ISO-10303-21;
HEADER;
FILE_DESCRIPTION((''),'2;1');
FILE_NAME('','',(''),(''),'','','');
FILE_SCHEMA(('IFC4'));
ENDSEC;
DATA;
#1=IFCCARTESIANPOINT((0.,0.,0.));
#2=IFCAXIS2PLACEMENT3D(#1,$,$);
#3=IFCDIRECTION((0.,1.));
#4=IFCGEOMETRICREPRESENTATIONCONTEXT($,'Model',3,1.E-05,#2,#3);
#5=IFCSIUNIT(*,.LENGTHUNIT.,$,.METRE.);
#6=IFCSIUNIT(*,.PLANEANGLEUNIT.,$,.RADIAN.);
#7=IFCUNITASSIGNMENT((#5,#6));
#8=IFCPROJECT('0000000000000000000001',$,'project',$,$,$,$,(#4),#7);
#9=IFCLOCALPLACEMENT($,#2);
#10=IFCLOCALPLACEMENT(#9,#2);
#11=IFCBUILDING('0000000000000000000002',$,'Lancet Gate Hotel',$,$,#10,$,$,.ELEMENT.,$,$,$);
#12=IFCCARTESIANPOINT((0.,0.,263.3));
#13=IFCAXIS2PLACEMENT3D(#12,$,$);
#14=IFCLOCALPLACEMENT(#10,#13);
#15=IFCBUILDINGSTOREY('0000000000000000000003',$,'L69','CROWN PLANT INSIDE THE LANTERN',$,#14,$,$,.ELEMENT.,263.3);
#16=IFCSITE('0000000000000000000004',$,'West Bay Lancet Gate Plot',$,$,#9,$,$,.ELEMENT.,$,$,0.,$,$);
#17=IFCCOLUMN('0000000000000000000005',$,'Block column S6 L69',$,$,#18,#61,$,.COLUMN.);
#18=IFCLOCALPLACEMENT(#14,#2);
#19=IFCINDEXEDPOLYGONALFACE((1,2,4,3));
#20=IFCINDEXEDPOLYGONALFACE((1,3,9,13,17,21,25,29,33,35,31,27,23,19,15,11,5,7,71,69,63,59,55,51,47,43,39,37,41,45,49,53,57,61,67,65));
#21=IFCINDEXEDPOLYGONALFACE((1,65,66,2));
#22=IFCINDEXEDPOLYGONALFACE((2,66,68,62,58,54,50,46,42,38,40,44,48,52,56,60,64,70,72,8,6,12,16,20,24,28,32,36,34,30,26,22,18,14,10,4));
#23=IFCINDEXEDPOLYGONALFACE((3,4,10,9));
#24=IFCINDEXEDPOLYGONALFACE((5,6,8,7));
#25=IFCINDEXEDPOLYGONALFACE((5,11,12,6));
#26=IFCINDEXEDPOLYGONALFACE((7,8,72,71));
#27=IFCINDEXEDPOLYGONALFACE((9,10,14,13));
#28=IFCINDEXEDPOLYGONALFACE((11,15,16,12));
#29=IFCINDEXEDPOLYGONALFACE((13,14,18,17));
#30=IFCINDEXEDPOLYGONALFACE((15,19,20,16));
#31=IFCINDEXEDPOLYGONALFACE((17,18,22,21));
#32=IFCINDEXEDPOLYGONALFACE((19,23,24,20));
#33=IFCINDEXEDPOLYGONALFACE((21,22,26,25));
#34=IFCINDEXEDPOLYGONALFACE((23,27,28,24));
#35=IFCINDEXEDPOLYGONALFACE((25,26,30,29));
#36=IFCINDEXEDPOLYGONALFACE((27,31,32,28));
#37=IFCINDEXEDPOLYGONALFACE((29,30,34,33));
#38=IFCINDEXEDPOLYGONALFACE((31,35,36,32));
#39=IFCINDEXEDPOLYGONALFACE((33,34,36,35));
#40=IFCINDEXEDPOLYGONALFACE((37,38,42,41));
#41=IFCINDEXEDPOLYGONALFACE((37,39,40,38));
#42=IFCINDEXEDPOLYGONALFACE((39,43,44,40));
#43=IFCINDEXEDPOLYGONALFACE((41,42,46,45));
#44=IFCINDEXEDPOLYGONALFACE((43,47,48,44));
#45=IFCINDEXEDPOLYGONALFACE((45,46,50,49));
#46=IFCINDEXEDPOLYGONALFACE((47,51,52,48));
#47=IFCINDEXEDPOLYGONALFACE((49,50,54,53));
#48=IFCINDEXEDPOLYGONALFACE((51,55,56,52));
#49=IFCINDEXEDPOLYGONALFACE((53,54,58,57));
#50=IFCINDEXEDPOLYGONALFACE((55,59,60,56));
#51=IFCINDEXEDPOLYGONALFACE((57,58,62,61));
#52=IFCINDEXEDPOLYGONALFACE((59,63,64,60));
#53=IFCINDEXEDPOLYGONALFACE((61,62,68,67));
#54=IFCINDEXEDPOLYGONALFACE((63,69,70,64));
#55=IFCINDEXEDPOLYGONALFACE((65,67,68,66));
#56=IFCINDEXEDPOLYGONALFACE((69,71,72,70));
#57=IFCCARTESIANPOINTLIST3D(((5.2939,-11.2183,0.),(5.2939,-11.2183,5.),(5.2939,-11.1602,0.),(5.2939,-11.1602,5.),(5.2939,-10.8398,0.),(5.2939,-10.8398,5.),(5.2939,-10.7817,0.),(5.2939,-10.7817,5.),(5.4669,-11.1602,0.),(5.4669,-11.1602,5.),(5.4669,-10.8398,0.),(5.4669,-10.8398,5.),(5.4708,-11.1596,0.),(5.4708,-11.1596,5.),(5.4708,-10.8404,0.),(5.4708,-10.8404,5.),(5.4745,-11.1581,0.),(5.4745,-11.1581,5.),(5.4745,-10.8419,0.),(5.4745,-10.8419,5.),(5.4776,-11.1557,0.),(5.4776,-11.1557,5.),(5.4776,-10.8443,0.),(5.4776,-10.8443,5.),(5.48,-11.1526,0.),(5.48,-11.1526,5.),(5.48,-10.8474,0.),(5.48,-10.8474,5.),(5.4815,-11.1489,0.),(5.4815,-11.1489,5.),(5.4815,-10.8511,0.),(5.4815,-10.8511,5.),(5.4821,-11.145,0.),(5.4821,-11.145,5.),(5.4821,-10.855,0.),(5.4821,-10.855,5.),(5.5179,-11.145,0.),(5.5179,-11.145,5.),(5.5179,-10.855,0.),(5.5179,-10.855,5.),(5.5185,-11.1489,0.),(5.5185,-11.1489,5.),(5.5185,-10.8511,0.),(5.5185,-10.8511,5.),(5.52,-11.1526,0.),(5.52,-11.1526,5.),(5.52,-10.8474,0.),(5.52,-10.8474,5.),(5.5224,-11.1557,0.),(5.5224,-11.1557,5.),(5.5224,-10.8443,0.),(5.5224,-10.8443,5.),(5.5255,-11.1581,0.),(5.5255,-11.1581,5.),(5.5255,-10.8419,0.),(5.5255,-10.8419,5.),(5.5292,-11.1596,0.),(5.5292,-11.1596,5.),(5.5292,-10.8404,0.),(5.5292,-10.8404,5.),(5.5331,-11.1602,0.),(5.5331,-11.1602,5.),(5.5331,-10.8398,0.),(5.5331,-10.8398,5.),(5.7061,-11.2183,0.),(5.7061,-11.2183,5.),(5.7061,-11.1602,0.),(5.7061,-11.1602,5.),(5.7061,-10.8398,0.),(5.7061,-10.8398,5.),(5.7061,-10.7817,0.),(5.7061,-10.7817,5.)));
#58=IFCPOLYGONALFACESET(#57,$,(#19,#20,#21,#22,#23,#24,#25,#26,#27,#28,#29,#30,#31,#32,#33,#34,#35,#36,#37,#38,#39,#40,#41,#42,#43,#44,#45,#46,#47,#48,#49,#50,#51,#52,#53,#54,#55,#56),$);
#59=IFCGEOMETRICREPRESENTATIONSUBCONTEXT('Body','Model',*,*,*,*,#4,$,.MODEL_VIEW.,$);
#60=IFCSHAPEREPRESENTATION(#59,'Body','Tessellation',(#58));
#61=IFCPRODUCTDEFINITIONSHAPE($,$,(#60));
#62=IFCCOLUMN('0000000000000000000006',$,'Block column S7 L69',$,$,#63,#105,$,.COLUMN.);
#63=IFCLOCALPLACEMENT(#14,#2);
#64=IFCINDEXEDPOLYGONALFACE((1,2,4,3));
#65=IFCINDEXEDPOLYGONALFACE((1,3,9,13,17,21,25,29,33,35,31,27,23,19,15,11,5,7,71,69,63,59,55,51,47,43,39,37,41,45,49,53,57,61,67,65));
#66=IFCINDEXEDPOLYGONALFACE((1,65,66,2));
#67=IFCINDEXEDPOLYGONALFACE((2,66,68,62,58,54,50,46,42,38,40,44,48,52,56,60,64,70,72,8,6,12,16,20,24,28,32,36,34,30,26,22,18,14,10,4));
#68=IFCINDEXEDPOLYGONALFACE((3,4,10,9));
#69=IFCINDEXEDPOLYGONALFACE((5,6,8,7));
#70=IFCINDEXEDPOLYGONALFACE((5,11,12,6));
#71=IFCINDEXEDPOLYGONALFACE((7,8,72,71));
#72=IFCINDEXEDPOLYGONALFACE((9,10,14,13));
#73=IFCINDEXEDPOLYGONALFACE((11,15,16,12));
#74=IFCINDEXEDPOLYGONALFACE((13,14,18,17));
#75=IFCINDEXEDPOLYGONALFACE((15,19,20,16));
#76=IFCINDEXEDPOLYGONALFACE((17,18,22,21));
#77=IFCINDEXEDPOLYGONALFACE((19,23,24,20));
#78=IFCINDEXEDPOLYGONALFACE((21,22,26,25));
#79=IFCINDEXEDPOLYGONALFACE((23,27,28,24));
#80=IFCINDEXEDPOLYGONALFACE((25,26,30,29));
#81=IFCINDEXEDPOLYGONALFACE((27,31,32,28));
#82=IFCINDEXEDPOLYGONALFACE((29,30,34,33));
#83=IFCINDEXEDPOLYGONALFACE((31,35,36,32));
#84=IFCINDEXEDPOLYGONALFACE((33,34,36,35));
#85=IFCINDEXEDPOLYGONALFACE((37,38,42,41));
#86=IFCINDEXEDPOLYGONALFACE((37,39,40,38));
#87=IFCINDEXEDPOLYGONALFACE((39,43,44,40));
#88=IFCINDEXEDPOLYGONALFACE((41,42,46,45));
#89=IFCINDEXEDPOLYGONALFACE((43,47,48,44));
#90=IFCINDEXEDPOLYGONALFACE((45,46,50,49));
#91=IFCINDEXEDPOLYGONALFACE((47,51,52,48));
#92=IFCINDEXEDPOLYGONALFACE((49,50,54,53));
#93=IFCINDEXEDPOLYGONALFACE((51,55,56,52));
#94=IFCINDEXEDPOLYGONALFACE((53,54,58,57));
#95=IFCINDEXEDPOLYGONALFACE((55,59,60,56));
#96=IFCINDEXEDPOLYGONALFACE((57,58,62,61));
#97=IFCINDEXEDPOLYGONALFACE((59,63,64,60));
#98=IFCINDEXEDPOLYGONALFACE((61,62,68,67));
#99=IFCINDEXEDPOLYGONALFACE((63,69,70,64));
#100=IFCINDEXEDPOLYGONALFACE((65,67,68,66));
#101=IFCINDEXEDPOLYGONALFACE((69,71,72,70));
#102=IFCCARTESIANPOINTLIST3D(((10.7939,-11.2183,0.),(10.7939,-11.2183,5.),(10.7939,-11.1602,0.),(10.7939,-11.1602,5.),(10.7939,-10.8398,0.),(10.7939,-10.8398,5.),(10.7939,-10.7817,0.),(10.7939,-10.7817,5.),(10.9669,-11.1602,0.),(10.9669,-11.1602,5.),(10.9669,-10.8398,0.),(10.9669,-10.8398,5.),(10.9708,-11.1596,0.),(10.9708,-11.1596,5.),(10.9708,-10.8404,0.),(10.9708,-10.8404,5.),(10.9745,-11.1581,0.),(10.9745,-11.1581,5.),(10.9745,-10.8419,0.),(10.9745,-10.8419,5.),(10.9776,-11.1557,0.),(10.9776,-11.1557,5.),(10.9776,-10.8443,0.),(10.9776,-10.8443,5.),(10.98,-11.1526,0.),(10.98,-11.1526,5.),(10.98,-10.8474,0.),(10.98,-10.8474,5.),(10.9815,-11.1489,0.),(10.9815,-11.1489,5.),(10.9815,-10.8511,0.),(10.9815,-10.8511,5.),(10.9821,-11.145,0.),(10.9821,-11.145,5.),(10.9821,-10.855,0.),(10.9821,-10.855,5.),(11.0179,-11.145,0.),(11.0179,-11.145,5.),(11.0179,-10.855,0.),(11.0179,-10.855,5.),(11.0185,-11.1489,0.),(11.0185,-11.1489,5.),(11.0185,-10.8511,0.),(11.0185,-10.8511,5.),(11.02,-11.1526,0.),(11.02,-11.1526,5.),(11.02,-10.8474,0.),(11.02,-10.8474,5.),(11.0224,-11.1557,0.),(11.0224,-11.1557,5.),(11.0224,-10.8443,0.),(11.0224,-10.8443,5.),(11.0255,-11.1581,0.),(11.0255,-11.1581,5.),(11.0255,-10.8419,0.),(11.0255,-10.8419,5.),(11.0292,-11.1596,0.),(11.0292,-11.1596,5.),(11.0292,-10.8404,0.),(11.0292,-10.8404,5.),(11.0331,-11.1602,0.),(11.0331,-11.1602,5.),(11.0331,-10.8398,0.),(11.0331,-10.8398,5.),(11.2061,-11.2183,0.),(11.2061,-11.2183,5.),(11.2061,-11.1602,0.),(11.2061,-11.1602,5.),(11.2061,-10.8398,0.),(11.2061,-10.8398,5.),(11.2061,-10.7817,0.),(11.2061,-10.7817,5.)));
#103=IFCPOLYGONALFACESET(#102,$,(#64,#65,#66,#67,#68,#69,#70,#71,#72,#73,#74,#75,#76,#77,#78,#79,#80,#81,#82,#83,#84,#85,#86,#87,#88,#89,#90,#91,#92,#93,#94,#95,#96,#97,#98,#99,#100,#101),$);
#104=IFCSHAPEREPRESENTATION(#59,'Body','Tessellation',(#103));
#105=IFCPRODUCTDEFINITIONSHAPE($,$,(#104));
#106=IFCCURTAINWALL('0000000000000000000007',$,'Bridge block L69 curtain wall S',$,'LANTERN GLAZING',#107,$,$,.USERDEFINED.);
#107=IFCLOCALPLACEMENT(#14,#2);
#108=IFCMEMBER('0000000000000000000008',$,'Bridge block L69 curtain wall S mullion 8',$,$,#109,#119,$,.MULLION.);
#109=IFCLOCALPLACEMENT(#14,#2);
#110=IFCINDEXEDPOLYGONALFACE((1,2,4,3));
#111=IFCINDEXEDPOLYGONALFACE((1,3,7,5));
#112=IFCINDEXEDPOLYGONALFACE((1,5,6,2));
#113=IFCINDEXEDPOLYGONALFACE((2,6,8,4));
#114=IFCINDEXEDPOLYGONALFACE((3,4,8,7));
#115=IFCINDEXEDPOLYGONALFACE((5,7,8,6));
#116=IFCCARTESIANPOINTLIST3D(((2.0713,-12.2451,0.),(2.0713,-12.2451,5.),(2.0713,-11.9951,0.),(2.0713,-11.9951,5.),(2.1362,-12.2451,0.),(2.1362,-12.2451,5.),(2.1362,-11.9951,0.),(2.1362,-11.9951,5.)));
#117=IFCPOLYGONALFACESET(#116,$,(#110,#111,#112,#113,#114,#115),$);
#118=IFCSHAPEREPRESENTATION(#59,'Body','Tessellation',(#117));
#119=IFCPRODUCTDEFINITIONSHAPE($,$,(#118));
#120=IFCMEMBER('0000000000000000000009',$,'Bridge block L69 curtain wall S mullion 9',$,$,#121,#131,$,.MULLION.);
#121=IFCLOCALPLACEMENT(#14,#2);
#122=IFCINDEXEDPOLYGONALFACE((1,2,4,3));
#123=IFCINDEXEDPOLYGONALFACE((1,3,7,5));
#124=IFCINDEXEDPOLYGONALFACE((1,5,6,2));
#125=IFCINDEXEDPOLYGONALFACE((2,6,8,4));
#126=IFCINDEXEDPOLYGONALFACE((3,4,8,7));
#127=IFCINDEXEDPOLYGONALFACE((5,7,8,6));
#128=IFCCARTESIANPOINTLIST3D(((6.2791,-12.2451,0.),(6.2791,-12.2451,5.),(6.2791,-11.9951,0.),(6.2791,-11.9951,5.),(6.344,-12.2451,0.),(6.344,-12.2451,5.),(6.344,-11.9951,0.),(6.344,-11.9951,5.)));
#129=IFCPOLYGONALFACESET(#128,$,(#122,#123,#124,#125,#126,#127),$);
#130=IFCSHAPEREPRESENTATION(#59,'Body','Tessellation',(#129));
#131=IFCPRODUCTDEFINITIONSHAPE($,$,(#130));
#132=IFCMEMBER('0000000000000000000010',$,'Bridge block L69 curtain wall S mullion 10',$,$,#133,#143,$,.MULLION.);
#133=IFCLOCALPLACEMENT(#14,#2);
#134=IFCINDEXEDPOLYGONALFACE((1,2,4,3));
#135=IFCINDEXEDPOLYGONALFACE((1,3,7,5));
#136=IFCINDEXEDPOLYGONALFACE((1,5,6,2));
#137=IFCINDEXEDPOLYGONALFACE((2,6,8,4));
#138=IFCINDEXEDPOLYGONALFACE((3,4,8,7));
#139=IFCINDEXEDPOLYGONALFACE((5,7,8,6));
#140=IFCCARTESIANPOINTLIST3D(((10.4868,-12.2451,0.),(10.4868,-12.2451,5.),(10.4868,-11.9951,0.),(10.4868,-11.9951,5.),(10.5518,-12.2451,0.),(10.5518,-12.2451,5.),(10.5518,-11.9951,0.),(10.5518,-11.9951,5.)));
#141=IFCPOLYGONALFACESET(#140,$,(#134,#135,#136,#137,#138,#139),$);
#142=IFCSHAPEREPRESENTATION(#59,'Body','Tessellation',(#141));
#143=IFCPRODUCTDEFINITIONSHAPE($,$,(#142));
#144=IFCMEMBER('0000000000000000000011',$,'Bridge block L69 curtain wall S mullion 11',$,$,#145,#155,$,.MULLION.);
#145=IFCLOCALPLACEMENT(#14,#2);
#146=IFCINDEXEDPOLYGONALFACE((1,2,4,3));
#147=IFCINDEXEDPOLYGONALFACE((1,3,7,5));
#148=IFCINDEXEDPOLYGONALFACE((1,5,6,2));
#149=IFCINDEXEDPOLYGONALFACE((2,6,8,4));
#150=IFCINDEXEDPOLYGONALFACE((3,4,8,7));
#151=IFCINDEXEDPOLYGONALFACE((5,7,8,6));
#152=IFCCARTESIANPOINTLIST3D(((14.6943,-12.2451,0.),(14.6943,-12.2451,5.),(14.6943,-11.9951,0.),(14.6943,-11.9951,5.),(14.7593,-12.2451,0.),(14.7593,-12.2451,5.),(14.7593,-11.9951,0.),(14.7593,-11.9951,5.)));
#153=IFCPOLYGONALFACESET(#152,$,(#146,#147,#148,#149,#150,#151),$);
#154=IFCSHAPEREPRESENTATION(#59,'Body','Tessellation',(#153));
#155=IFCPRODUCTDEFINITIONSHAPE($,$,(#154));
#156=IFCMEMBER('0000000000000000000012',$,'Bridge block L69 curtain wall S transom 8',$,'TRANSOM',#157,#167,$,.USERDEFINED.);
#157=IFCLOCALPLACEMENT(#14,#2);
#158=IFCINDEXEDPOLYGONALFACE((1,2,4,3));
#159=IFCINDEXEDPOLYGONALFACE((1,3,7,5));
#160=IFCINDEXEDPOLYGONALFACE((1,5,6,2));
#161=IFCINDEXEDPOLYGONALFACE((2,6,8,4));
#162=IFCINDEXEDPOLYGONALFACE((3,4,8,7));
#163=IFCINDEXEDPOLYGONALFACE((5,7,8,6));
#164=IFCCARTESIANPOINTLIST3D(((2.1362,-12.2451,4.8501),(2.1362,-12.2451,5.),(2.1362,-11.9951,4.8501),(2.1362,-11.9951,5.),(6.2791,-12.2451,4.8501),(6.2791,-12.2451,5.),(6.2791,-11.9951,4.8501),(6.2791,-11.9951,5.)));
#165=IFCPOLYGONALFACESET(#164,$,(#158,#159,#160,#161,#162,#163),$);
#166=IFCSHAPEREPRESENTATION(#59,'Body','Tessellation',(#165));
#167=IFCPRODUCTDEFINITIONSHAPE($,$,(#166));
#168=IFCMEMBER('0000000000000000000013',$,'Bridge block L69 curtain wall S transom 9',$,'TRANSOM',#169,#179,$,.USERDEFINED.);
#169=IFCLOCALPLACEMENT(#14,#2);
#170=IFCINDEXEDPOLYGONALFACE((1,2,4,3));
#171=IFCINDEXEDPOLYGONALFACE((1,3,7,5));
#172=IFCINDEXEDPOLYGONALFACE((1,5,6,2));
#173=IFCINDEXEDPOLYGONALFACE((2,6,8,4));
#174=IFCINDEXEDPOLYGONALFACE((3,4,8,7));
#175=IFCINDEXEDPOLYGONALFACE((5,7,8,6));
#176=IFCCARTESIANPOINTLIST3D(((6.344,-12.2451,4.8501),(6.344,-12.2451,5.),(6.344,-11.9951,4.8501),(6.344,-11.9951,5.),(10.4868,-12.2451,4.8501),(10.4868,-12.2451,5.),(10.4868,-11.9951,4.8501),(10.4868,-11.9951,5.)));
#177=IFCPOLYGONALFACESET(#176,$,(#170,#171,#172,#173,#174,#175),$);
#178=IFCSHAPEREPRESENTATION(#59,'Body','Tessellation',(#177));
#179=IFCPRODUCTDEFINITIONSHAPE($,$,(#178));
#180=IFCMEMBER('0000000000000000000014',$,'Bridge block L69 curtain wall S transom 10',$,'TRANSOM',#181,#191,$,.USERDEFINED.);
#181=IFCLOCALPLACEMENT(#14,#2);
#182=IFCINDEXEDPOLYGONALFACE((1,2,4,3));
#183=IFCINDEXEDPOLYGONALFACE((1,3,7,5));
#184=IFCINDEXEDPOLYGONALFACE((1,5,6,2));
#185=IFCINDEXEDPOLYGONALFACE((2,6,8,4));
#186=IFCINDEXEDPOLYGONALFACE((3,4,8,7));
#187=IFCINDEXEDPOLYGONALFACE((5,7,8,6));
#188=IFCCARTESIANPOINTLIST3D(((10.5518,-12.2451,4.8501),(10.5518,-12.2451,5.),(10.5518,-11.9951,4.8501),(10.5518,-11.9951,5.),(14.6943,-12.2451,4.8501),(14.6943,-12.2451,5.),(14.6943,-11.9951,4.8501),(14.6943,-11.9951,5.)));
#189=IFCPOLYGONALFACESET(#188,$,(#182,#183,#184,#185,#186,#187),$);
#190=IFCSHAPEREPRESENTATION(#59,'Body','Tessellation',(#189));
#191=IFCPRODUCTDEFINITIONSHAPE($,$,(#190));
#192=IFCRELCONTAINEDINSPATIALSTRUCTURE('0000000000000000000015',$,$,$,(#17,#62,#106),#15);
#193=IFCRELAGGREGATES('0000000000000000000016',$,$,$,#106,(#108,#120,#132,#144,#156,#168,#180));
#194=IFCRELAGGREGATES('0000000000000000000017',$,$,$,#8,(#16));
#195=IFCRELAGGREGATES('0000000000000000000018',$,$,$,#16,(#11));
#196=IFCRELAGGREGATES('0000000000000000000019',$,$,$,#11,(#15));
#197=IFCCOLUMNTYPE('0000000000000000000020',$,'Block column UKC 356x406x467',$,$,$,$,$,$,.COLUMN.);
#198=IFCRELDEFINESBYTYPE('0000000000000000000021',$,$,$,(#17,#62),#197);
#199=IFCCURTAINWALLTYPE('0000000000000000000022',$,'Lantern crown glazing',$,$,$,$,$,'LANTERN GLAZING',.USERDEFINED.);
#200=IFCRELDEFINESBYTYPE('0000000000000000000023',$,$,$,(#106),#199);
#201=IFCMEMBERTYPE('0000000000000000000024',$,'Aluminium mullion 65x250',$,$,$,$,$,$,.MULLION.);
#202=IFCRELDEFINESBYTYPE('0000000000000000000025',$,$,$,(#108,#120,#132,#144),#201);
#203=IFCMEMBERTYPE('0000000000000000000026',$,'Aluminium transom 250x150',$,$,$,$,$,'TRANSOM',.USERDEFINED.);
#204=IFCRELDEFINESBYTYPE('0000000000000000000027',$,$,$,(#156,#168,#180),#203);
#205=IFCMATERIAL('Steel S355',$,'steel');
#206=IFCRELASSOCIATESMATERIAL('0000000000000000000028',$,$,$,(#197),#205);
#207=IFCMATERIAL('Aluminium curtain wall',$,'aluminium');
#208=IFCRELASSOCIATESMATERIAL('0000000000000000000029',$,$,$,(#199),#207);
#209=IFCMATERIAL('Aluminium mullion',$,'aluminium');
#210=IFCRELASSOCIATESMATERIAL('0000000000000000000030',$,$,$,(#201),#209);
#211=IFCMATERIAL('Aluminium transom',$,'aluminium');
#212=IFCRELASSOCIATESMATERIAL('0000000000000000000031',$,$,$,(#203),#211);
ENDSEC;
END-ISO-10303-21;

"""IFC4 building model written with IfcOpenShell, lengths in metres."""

from ifc_helpers import new_model, si_unit, direction, frame, origin, origin_2d, place, context, subcontext, project, spatial, rectangle, i_section, extrude, material, material_profile, profile_set, type_object, element, aggregate, save


model = new_model("IFC4")

# Units and contexts
model_context = context("Model", 3, precision=1e-05, world=origin(), true_north=direction((0.0, 1.0)))
body_context = subcontext(model_context, "Body", "Model", "MODEL_VIEW")
ifc_project = project(units=[si_unit("LENGTHUNIT", "METRE"), si_unit("PLANEANGLEUNIT", "RADIAN")], contexts=[model_context])

# Site, building, storey
site_placement = place(None, origin())
site = spatial("IfcSite", under=ifc_project, at=site_placement, Name="West Bay Lancet Gate Plot", CompositionType="ELEMENT", RefElevation=0.0)
building_placement = place(site_placement, origin())
building = spatial("IfcBuilding", under=site, at=building_placement, Name="Lancet Gate Hotel", CompositionType="ELEMENT")
storey_placement = place(building_placement, frame((0.0, 0.0, 263.3)))
storey = spatial("IfcBuildingStorey", under=building, at=storey_placement, Name="L69", Description="CROWN PLANT INSIDE THE LANTERN", CompositionType="ELEMENT", Elevation=263.3)

# Columns
ifc_material_1 = material(Name="Steel S355", Category="steel")
ifc_material_profile_1 = material_profile(ifc_material_1, i_section(OverallWidth=0.4121, OverallDepth=0.4365, WebThickness=0.0359, FlangeThickness=0.0581, FilletRadius=0.0151, at=origin_2d()), Name="UKC 356x406x467")
ifc_profile_set_1 = profile_set([ifc_material_profile_1], Name="Steel S355")
column_type = type_object("IfcColumnType", Name="Block column UKC 356x406x467", PredefinedType="COLUMN", material=ifc_profile_set_1)
for number, where, z_axis, x_axis, name in (
    (1, (5.5, -11.0, 0.0), (0.0, 0.0, 1.0), (1.0, 0.0, 0.0), "Block column S6 L69"),
    (2, (11.0, -11.0, 0.0), (0.0, 0.0, 1.0), (1.0, 0.0, 0.0), "Block column S7 L69"),
):
    element("IfcColumn", number, at=place(storey_placement, frame(where, z_axis=z_axis, x_axis=x_axis)), inside=storey, type_object=column_type, Name=name, PredefinedType="COLUMN", context=body_context, shape_type="SweptSolid", body=[
        extrude(i_section(OverallWidth=0.4121, OverallDepth=0.4365, WebThickness=0.0359, FlangeThickness=0.0581, FilletRadius=0.0151, at=origin_2d()), origin(), (0.0, 0.0, 1.0), 5.0),
    ])

# Curtain wall, members
ifc_material_2 = material(Name="Aluminium curtain wall", Category="aluminium")
curtain_wall_type = type_object("IfcCurtainWallType", Name="Lantern crown glazing", ElementType="LANTERN GLAZING", PredefinedType="USERDEFINED", material=ifc_material_2)
curtain_wall_placement = place(storey_placement, origin())
curtain_wall = element("IfcCurtainWall", 3, at=curtain_wall_placement, inside=storey, type_object=curtain_wall_type, Name="Bridge block L69 curtain wall S", ObjectType="LANTERN GLAZING", PredefinedType="USERDEFINED")
ifc_material_3 = material(Name="Aluminium mullion", Category="aluminium")
ifc_material_profile_2 = material_profile(ifc_material_3, rectangle(XDim=0.0649, YDim=0.25, at=origin_2d()), Name="MULLION 65x250")
ifc_profile_set_2 = profile_set([ifc_material_profile_2], Name="Aluminium mullion")
member_type_1 = type_object("IfcMemberType", Name="Aluminium mullion 65x250", PredefinedType="MULLION", material=ifc_profile_set_2)
member_1_placement = place(storey_placement, frame((2.1038, -12.1201, 0.0), z_axis=(0.0, 0.0, 1.0), x_axis=(1.0, 0.0, 0.0)))
member_1 = element("IfcMember", 4, at=member_1_placement, type_object=member_type_1, Name="Bridge block L69 curtain wall S mullion 8", PredefinedType="MULLION", context=body_context, shape_type="SweptSolid", body=[
    extrude(rectangle(XDim=0.0649, YDim=0.25, at=origin_2d()), origin(), (0.0, 0.0, 1.0), 5.0),
])
member_2_placement = place(storey_placement, frame((6.3115, -12.1201, 0.0), z_axis=(0.0, 0.0, 1.0), x_axis=(1.0, 0.0, 0.0)))
member_2 = element("IfcMember", 5, at=member_2_placement, type_object=member_type_1, Name="Bridge block L69 curtain wall S mullion 9", PredefinedType="MULLION", context=body_context, shape_type="SweptSolid", body=[
    extrude(rectangle(XDim=0.0649, YDim=0.25, at=origin_2d()), origin(), (0.0, 0.0, 1.0), 5.0),
])
member_3_placement = place(storey_placement, frame((10.5193, -12.1201, 0.0), z_axis=(0.0, 0.0, 1.0), x_axis=(1.0, 0.0, 0.0)))
member_3 = element("IfcMember", 6, at=member_3_placement, type_object=member_type_1, Name="Bridge block L69 curtain wall S mullion 10", PredefinedType="MULLION", context=body_context, shape_type="SweptSolid", body=[
    extrude(rectangle(XDim=0.0649, YDim=0.25, at=origin_2d()), origin(), (0.0, 0.0, 1.0), 5.0),
])
member_4_placement = place(storey_placement, frame((14.7268, -12.1201, 0.0), z_axis=(0.0, 0.0, 1.0), x_axis=(1.0, 0.0, 0.0)))
member_4 = element("IfcMember", 7, at=member_4_placement, type_object=member_type_1, Name="Bridge block L69 curtain wall S mullion 11", PredefinedType="MULLION", context=body_context, shape_type="SweptSolid", body=[
    extrude(rectangle(XDim=0.0649, YDim=0.25, at=origin_2d()), origin(), (0.0, 0.0, 1.0), 5.0),
])
ifc_material_4 = material(Name="Aluminium transom", Category="aluminium")
ifc_material_profile_3 = material_profile(ifc_material_4, rectangle(XDim=0.25, YDim=0.1499, at=origin_2d()), Name="TRANSOM 250x150")
ifc_profile_set_3 = profile_set([ifc_material_profile_3], Name="Aluminium transom")
member_type_2 = type_object("IfcMemberType", Name="Aluminium transom 250x150", ElementType="TRANSOM", PredefinedType="USERDEFINED", material=ifc_profile_set_3)
member_5_placement = place(storey_placement, frame((2.1362, -12.1201, 4.925), z_axis=(1.0, 0.0, 0.0), x_axis=(0.0, 1.0, 0.0)))
member_5 = element("IfcMember", 8, at=member_5_placement, type_object=member_type_2, Name="Bridge block L69 curtain wall S transom 8", ObjectType="TRANSOM", PredefinedType="USERDEFINED", context=body_context, shape_type="SweptSolid", body=[
    extrude(rectangle(XDim=0.25, YDim=0.1499, at=origin_2d()), origin(), (0.0, 0.0, 1.0), 4.1428),
])
member_6_placement = place(storey_placement, frame((6.344, -12.1201, 4.925), z_axis=(1.0, 0.0, 0.0), x_axis=(0.0, 1.0, 0.0)))
member_6 = element("IfcMember", 9, at=member_6_placement, type_object=member_type_2, Name="Bridge block L69 curtain wall S transom 9", ObjectType="TRANSOM", PredefinedType="USERDEFINED", context=body_context, shape_type="SweptSolid", body=[
    extrude(rectangle(XDim=0.25, YDim=0.1499, at=origin_2d()), origin(), (0.0, 0.0, 1.0), 4.1428),
])
member_7_placement = place(storey_placement, frame((10.5518, -12.1201, 4.925), z_axis=(1.0, 0.0, 0.0), x_axis=(0.0, 1.0, 0.0)))
member_7 = element("IfcMember", 10, at=member_7_placement, type_object=member_type_2, Name="Bridge block L69 curtain wall S transom 10", ObjectType="TRANSOM", PredefinedType="USERDEFINED", context=body_context, shape_type="SweptSolid", body=[
    extrude(rectangle(XDim=0.25, YDim=0.1499, at=origin_2d()), origin(), (0.0, 0.0, 1.0), 4.1426),
])

aggregate(curtain_wall, [member_1, member_2, member_3, member_4, member_5, member_6, member_7])

save(model, "model.ifc")
